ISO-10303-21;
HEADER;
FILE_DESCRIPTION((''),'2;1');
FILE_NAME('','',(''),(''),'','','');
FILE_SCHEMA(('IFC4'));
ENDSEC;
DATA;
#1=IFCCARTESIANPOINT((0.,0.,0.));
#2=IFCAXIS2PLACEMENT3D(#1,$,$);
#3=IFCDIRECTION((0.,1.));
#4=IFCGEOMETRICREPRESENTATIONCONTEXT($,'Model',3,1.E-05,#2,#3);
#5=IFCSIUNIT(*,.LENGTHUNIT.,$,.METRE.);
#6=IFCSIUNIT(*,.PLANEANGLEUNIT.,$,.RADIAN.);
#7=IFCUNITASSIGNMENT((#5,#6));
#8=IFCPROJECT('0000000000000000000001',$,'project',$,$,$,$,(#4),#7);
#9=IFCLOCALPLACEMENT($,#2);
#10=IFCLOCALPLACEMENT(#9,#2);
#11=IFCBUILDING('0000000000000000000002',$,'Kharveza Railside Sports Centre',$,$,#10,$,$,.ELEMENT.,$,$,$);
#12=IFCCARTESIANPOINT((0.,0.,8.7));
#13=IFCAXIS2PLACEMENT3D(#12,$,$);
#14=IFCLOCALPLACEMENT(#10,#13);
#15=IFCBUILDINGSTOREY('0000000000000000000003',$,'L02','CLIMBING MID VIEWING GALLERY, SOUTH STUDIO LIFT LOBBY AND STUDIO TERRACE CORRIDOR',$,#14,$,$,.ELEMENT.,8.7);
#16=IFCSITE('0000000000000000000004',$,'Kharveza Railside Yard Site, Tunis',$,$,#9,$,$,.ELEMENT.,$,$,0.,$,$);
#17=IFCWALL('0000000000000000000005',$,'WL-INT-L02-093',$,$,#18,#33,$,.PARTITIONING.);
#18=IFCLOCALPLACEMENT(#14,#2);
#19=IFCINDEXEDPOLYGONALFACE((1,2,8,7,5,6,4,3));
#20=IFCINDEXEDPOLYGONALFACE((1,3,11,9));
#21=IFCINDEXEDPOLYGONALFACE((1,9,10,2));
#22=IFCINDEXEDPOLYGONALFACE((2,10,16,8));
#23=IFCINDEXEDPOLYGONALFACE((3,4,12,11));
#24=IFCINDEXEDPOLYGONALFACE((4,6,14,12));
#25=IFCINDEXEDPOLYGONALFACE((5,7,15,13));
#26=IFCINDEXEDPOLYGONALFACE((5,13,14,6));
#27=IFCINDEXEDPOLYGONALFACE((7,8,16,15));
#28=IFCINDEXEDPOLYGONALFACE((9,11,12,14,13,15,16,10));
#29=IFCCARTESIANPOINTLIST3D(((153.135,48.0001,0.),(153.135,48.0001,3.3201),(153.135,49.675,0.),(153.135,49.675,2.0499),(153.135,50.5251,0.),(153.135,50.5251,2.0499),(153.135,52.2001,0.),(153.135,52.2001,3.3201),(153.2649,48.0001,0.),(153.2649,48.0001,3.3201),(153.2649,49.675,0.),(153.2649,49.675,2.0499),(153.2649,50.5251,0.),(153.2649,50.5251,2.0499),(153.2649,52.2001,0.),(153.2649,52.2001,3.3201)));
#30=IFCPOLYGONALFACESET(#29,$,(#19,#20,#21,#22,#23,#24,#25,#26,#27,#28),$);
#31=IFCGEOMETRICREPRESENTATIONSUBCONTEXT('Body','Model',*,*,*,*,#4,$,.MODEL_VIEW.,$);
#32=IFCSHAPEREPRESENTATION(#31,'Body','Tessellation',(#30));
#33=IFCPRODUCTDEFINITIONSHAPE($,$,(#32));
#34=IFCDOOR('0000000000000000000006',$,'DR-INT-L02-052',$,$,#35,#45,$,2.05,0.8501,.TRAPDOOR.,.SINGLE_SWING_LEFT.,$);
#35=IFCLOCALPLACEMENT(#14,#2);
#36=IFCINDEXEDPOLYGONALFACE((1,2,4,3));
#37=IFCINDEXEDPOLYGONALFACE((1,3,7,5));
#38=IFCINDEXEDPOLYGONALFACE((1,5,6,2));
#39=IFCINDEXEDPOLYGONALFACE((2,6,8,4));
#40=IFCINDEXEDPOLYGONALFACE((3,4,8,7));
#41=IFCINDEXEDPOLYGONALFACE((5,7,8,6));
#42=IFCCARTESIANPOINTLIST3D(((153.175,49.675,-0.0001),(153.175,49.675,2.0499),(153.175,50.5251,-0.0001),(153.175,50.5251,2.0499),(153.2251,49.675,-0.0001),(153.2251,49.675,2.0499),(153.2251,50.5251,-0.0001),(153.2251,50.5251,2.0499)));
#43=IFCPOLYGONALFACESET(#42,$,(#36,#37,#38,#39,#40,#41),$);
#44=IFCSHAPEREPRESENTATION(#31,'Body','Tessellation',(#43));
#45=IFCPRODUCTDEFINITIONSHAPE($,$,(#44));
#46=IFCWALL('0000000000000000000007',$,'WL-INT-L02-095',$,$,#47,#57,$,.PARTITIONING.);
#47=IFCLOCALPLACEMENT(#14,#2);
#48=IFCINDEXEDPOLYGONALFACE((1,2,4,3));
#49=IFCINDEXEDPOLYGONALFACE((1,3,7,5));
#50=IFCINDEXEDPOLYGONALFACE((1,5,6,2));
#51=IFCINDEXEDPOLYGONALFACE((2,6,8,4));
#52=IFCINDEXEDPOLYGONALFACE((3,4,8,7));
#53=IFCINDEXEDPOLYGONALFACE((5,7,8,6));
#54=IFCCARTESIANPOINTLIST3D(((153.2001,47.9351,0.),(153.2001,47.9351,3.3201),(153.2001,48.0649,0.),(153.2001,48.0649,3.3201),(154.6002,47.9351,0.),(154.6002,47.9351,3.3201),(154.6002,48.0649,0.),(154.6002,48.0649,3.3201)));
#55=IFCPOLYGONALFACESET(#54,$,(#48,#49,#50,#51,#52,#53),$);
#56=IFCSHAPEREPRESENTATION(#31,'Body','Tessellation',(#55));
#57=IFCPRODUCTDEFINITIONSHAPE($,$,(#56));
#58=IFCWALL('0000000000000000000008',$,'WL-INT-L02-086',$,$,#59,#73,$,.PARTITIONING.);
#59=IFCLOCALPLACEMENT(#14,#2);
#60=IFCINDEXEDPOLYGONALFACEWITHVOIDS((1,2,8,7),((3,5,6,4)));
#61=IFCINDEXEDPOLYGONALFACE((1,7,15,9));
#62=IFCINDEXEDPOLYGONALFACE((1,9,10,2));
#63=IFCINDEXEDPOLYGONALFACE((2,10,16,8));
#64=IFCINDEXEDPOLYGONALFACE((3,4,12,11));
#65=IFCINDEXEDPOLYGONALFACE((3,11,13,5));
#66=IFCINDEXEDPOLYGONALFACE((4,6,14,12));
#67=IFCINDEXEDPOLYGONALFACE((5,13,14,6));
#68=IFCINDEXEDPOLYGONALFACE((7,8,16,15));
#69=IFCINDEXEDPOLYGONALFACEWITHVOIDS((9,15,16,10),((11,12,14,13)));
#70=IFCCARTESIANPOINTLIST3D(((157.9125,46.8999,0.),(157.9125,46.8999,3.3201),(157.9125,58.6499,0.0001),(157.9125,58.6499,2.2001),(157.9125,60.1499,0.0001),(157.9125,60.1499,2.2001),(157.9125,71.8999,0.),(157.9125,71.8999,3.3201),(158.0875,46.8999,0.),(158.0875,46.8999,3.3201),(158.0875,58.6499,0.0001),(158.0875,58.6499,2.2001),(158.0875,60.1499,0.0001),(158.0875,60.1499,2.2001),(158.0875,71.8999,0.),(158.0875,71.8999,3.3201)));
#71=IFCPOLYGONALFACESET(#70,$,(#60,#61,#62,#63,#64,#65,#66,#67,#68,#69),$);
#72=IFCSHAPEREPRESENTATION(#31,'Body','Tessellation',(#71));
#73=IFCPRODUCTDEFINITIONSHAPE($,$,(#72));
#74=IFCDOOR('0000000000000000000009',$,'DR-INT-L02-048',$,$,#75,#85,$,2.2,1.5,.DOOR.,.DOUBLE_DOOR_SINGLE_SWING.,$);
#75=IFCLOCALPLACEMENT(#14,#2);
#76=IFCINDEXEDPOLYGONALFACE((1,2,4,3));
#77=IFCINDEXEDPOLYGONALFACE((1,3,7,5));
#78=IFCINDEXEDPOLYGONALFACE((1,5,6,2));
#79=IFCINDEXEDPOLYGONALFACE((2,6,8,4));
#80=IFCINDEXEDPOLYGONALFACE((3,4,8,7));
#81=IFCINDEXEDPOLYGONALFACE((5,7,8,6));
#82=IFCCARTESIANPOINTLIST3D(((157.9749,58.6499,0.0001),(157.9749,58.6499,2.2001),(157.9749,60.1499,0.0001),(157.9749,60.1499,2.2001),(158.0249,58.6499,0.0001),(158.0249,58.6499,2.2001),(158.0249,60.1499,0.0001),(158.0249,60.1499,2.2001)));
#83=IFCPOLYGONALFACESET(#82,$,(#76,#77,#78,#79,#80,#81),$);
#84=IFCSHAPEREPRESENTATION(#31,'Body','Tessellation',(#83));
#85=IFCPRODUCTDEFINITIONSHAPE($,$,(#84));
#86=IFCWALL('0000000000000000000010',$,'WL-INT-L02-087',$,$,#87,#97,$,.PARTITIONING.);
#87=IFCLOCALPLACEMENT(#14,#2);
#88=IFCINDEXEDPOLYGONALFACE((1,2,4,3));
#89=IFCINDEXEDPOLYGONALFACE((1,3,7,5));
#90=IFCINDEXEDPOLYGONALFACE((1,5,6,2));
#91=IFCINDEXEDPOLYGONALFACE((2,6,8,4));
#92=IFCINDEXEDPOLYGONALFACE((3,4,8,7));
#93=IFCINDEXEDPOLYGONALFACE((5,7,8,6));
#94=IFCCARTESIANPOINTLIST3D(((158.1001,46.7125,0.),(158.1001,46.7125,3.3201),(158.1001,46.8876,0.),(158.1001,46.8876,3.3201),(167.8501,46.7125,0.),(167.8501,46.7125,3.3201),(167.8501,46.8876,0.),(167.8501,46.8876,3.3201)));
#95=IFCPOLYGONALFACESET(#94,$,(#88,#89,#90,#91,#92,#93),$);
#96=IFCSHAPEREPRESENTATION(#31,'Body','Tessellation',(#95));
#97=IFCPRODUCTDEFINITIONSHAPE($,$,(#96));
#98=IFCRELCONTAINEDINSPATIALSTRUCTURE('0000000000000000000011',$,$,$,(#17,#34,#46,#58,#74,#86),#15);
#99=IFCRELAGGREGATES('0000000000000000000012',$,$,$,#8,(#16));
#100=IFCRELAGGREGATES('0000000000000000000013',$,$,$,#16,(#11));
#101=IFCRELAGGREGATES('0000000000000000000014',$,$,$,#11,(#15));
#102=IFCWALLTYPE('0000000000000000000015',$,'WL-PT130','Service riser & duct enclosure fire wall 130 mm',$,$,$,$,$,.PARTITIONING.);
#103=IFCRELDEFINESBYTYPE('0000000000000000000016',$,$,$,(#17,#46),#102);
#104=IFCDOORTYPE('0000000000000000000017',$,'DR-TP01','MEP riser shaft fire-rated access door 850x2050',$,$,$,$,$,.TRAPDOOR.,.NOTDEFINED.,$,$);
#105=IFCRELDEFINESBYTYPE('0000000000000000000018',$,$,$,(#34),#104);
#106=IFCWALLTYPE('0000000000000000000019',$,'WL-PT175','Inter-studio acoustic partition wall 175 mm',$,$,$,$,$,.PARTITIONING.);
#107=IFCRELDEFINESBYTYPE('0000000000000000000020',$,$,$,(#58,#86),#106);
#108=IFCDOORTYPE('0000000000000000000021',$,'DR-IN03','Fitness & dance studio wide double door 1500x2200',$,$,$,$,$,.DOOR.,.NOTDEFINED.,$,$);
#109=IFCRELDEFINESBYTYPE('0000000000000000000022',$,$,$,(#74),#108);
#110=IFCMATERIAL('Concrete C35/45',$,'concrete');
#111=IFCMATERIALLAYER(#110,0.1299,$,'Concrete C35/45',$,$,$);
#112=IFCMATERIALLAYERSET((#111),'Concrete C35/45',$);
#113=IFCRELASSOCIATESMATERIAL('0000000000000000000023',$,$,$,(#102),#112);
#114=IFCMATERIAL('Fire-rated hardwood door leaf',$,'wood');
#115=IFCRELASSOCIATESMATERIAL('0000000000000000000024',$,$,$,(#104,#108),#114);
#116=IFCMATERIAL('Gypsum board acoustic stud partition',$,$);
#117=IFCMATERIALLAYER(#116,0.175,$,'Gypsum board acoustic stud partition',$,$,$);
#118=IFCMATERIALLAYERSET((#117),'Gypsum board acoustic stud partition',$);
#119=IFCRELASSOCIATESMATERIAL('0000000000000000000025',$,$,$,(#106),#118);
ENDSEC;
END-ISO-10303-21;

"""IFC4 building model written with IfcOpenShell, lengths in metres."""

from ifc_helpers import new_model, si_unit, direction, frame, frame_2d, origin, place, context, subcontext, project, spatial, rectangle, extrude, material, layer, layer_set, type_object, element, fill, save


model = new_model("IFC4")

# Units and contexts
model_context = context("Model", 3, precision=1e-05, world=origin(), true_north=direction((0.0, 1.0)))
body_context = subcontext(model_context, "Body", "Model", "MODEL_VIEW")
ifc_project = project(units=[si_unit("LENGTHUNIT", "METRE"), si_unit("PLANEANGLEUNIT", "RADIAN")], contexts=[model_context])

# Site, building, storey
site_placement = place(None, origin())
site = spatial("IfcSite", under=ifc_project, at=site_placement, Name="Kharveza Railside Yard Site, Tunis", CompositionType="ELEMENT", RefElevation=0.0)
building_placement = place(site_placement, origin())
building = spatial("IfcBuilding", under=site, at=building_placement, Name="Kharveza Railside Sports Centre", CompositionType="ELEMENT")
storey_placement = place(building_placement, frame((0.0, 0.0, 8.7)))
storey = spatial("IfcBuildingStorey", under=building, at=storey_placement, Name="L02", Description="CLIMBING MID VIEWING GALLERY, SOUTH STUDIO LIFT LOBBY AND STUDIO TERRACE CORRIDOR", CompositionType="ELEMENT", Elevation=8.7)

# Shared definitions
ifc_material_1 = material(Name="Concrete C35/45", Category="concrete")

# Wall, opening, door
ifc_layer_1 = layer(ifc_material_1, 0.1299, Name="Concrete C35/45")
ifc_layer_set_1 = layer_set([ifc_layer_1], Name="Concrete C35/45")
wall_type_1 = type_object("IfcWallType", Name="WL-PT130", Description="Service riser & duct enclosure fire wall 130 mm", PredefinedType="PARTITIONING", material=ifc_layer_set_1)
wall_1_placement = place(storey_placement, frame((153.2, 48.0, 0.0), z_axis=(0.0, 0.0, 1.0), x_axis=(0.0, 1.0, 0.0)))
wall_1 = element("IfcWall", 1, at=wall_1_placement, inside=storey, type_object=wall_type_1, Name="WL-INT-L02-093", PredefinedType="PARTITIONING", context=body_context, shape_type="SweptSolid", body=[
    extrude(rectangle(XDim=4.2, YDim=0.1299, at=frame_2d((2.1001, 0.0))), origin(), (0.0, 0.0, 1.0), 3.3201),
])
opening_1_placement = place(wall_1_placement, frame((1.675, 0.0, 0.0)))
opening_1 = element("IfcOpeningElement", 2, at=opening_1_placement, cuts=wall_1, PredefinedType="OPENING", context=body_context, shape_type="SweptSolid", body=[
    extrude(rectangle(XDim=0.8501, YDim=2.05, at=frame_2d((0.425, 1.0249))), frame((0.0, 0.0898, 0.0), z_axis=(0.0, -1.0, 0.0), x_axis=(1.0, 0.0, 0.0)), (0.0, 0.0, 1.0), 0.1797),
])
ifc_material_2 = material(Name="Fire-rated hardwood door leaf", Category="wood")
door_type_1 = type_object("IfcDoorType", Name="DR-TP01", Description="MEP riser shaft fire-rated access door 850x2050", OperationType="NOTDEFINED", PredefinedType="TRAPDOOR", material=ifc_material_2)
door_1_placement = place(opening_1_placement, origin())
door_1 = element("IfcDoor", 3, at=door_1_placement, inside=storey, type_object=door_type_1, Name="DR-INT-L02-052", OperationType="SINGLE_SWING_LEFT", OverallHeight=2.05, OverallWidth=0.8501, PredefinedType="TRAPDOOR", context=body_context, shape_type="SweptSolid", body=[
    extrude(rectangle(XDim=0.8501, YDim=2.05, at=frame_2d((0.425, 1.0249))), frame((0.0, 0.0249, 0.0), z_axis=(0.0, -1.0, 0.0), x_axis=(1.0, 0.0, 0.0)), (0.0, 0.0, 1.0), 0.05),
])
fill(opening_1, door_1)

# Wall
wall_2_placement = place(storey_placement, frame((153.2, 48.0, 0.0), z_axis=(0.0, 0.0, 1.0), x_axis=(1.0, 0.0, 0.0)))
element("IfcWall", 4, at=wall_2_placement, inside=storey, type_object=wall_type_1, Name="WL-INT-L02-095", PredefinedType="PARTITIONING", context=body_context, shape_type="SweptSolid", body=[
    extrude(rectangle(XDim=1.4001, YDim=0.1299, at=frame_2d((0.7002, 0.0))), origin(), (0.0, 0.0, 1.0), 3.3201),
])

# Wall, opening, door
ifc_material_3 = material(Name="Gypsum board acoustic stud partition")
ifc_layer_2 = layer(ifc_material_3, 0.175, Name="Gypsum board acoustic stud partition")
ifc_layer_set_2 = layer_set([ifc_layer_2], Name="Gypsum board acoustic stud partition")
wall_type_2 = type_object("IfcWallType", Name="WL-PT175", Description="Inter-studio acoustic partition wall 175 mm", PredefinedType="PARTITIONING", material=ifc_layer_set_2)
wall_3_placement = place(storey_placement, frame((158.0, 46.8999, 0.0), z_axis=(0.0, 0.0, 1.0), x_axis=(0.0, 1.0, 0.0)))
wall_3 = element("IfcWall", 5, at=wall_3_placement, inside=storey, type_object=wall_type_2, Name="WL-INT-L02-086", PredefinedType="PARTITIONING", context=body_context, shape_type="SweptSolid", body=[
    extrude(rectangle(XDim=25.0, YDim=0.175, at=frame_2d((12.5, 0.0))), origin(), (0.0, 0.0, 1.0), 3.3201),
])
opening_2_placement = place(wall_3_placement, frame((11.75, 0.0, 0.0)))
opening_2 = element("IfcOpeningElement", 6, at=opening_2_placement, cuts=wall_3, PredefinedType="OPENING", context=body_context, shape_type="SweptSolid", body=[
    extrude(rectangle(XDim=1.5, YDim=2.2, at=frame_2d((0.75, 1.1001))), frame((0.0, 0.1123, 0.0), z_axis=(0.0, -1.0, 0.0), x_axis=(1.0, 0.0, 0.0)), (0.0, 0.0, 1.0), 0.2249),
])
door_type_2 = type_object("IfcDoorType", Name="DR-IN03", Description="Fitness & dance studio wide double door 1500x2200", OperationType="NOTDEFINED", PredefinedType="DOOR", material=ifc_material_2)
door_2_placement = place(opening_2_placement, frame((1.5, 0.0, 0.0), z_axis=(0.0, 0.0, 1.0), x_axis=(-1.0, 0.0, 0.0)))
door_2 = element("IfcDoor", 7, at=door_2_placement, inside=storey, type_object=door_type_2, Name="DR-INT-L02-048", OperationType="DOUBLE_DOOR_SINGLE_SWING", OverallHeight=2.2, OverallWidth=1.5, PredefinedType="DOOR", context=body_context, shape_type="SweptSolid", body=[
    extrude(rectangle(XDim=1.5, YDim=2.2, at=frame_2d((0.75, 1.1001))), frame((0.0, 0.0249, 0.0), z_axis=(0.0, -1.0, 0.0), x_axis=(1.0, 0.0, 0.0)), (0.0, 0.0, 1.0), 0.05),
])
fill(opening_2, door_2)

# Wall
wall_4_placement = place(storey_placement, frame((158.1001, 46.8, 0.0), z_axis=(0.0, 0.0, 1.0), x_axis=(1.0, 0.0, 0.0)))
element("IfcWall", 8, at=wall_4_placement, inside=storey, type_object=wall_type_2, Name="WL-INT-L02-087", PredefinedType="PARTITIONING", context=body_context, shape_type="SweptSolid", body=[
    extrude(rectangle(XDim=9.75, YDim=0.175, at=frame_2d((4.875, 0.0))), origin(), (0.0, 0.0, 1.0), 3.3201),
])

save(model, "model.ifc")
